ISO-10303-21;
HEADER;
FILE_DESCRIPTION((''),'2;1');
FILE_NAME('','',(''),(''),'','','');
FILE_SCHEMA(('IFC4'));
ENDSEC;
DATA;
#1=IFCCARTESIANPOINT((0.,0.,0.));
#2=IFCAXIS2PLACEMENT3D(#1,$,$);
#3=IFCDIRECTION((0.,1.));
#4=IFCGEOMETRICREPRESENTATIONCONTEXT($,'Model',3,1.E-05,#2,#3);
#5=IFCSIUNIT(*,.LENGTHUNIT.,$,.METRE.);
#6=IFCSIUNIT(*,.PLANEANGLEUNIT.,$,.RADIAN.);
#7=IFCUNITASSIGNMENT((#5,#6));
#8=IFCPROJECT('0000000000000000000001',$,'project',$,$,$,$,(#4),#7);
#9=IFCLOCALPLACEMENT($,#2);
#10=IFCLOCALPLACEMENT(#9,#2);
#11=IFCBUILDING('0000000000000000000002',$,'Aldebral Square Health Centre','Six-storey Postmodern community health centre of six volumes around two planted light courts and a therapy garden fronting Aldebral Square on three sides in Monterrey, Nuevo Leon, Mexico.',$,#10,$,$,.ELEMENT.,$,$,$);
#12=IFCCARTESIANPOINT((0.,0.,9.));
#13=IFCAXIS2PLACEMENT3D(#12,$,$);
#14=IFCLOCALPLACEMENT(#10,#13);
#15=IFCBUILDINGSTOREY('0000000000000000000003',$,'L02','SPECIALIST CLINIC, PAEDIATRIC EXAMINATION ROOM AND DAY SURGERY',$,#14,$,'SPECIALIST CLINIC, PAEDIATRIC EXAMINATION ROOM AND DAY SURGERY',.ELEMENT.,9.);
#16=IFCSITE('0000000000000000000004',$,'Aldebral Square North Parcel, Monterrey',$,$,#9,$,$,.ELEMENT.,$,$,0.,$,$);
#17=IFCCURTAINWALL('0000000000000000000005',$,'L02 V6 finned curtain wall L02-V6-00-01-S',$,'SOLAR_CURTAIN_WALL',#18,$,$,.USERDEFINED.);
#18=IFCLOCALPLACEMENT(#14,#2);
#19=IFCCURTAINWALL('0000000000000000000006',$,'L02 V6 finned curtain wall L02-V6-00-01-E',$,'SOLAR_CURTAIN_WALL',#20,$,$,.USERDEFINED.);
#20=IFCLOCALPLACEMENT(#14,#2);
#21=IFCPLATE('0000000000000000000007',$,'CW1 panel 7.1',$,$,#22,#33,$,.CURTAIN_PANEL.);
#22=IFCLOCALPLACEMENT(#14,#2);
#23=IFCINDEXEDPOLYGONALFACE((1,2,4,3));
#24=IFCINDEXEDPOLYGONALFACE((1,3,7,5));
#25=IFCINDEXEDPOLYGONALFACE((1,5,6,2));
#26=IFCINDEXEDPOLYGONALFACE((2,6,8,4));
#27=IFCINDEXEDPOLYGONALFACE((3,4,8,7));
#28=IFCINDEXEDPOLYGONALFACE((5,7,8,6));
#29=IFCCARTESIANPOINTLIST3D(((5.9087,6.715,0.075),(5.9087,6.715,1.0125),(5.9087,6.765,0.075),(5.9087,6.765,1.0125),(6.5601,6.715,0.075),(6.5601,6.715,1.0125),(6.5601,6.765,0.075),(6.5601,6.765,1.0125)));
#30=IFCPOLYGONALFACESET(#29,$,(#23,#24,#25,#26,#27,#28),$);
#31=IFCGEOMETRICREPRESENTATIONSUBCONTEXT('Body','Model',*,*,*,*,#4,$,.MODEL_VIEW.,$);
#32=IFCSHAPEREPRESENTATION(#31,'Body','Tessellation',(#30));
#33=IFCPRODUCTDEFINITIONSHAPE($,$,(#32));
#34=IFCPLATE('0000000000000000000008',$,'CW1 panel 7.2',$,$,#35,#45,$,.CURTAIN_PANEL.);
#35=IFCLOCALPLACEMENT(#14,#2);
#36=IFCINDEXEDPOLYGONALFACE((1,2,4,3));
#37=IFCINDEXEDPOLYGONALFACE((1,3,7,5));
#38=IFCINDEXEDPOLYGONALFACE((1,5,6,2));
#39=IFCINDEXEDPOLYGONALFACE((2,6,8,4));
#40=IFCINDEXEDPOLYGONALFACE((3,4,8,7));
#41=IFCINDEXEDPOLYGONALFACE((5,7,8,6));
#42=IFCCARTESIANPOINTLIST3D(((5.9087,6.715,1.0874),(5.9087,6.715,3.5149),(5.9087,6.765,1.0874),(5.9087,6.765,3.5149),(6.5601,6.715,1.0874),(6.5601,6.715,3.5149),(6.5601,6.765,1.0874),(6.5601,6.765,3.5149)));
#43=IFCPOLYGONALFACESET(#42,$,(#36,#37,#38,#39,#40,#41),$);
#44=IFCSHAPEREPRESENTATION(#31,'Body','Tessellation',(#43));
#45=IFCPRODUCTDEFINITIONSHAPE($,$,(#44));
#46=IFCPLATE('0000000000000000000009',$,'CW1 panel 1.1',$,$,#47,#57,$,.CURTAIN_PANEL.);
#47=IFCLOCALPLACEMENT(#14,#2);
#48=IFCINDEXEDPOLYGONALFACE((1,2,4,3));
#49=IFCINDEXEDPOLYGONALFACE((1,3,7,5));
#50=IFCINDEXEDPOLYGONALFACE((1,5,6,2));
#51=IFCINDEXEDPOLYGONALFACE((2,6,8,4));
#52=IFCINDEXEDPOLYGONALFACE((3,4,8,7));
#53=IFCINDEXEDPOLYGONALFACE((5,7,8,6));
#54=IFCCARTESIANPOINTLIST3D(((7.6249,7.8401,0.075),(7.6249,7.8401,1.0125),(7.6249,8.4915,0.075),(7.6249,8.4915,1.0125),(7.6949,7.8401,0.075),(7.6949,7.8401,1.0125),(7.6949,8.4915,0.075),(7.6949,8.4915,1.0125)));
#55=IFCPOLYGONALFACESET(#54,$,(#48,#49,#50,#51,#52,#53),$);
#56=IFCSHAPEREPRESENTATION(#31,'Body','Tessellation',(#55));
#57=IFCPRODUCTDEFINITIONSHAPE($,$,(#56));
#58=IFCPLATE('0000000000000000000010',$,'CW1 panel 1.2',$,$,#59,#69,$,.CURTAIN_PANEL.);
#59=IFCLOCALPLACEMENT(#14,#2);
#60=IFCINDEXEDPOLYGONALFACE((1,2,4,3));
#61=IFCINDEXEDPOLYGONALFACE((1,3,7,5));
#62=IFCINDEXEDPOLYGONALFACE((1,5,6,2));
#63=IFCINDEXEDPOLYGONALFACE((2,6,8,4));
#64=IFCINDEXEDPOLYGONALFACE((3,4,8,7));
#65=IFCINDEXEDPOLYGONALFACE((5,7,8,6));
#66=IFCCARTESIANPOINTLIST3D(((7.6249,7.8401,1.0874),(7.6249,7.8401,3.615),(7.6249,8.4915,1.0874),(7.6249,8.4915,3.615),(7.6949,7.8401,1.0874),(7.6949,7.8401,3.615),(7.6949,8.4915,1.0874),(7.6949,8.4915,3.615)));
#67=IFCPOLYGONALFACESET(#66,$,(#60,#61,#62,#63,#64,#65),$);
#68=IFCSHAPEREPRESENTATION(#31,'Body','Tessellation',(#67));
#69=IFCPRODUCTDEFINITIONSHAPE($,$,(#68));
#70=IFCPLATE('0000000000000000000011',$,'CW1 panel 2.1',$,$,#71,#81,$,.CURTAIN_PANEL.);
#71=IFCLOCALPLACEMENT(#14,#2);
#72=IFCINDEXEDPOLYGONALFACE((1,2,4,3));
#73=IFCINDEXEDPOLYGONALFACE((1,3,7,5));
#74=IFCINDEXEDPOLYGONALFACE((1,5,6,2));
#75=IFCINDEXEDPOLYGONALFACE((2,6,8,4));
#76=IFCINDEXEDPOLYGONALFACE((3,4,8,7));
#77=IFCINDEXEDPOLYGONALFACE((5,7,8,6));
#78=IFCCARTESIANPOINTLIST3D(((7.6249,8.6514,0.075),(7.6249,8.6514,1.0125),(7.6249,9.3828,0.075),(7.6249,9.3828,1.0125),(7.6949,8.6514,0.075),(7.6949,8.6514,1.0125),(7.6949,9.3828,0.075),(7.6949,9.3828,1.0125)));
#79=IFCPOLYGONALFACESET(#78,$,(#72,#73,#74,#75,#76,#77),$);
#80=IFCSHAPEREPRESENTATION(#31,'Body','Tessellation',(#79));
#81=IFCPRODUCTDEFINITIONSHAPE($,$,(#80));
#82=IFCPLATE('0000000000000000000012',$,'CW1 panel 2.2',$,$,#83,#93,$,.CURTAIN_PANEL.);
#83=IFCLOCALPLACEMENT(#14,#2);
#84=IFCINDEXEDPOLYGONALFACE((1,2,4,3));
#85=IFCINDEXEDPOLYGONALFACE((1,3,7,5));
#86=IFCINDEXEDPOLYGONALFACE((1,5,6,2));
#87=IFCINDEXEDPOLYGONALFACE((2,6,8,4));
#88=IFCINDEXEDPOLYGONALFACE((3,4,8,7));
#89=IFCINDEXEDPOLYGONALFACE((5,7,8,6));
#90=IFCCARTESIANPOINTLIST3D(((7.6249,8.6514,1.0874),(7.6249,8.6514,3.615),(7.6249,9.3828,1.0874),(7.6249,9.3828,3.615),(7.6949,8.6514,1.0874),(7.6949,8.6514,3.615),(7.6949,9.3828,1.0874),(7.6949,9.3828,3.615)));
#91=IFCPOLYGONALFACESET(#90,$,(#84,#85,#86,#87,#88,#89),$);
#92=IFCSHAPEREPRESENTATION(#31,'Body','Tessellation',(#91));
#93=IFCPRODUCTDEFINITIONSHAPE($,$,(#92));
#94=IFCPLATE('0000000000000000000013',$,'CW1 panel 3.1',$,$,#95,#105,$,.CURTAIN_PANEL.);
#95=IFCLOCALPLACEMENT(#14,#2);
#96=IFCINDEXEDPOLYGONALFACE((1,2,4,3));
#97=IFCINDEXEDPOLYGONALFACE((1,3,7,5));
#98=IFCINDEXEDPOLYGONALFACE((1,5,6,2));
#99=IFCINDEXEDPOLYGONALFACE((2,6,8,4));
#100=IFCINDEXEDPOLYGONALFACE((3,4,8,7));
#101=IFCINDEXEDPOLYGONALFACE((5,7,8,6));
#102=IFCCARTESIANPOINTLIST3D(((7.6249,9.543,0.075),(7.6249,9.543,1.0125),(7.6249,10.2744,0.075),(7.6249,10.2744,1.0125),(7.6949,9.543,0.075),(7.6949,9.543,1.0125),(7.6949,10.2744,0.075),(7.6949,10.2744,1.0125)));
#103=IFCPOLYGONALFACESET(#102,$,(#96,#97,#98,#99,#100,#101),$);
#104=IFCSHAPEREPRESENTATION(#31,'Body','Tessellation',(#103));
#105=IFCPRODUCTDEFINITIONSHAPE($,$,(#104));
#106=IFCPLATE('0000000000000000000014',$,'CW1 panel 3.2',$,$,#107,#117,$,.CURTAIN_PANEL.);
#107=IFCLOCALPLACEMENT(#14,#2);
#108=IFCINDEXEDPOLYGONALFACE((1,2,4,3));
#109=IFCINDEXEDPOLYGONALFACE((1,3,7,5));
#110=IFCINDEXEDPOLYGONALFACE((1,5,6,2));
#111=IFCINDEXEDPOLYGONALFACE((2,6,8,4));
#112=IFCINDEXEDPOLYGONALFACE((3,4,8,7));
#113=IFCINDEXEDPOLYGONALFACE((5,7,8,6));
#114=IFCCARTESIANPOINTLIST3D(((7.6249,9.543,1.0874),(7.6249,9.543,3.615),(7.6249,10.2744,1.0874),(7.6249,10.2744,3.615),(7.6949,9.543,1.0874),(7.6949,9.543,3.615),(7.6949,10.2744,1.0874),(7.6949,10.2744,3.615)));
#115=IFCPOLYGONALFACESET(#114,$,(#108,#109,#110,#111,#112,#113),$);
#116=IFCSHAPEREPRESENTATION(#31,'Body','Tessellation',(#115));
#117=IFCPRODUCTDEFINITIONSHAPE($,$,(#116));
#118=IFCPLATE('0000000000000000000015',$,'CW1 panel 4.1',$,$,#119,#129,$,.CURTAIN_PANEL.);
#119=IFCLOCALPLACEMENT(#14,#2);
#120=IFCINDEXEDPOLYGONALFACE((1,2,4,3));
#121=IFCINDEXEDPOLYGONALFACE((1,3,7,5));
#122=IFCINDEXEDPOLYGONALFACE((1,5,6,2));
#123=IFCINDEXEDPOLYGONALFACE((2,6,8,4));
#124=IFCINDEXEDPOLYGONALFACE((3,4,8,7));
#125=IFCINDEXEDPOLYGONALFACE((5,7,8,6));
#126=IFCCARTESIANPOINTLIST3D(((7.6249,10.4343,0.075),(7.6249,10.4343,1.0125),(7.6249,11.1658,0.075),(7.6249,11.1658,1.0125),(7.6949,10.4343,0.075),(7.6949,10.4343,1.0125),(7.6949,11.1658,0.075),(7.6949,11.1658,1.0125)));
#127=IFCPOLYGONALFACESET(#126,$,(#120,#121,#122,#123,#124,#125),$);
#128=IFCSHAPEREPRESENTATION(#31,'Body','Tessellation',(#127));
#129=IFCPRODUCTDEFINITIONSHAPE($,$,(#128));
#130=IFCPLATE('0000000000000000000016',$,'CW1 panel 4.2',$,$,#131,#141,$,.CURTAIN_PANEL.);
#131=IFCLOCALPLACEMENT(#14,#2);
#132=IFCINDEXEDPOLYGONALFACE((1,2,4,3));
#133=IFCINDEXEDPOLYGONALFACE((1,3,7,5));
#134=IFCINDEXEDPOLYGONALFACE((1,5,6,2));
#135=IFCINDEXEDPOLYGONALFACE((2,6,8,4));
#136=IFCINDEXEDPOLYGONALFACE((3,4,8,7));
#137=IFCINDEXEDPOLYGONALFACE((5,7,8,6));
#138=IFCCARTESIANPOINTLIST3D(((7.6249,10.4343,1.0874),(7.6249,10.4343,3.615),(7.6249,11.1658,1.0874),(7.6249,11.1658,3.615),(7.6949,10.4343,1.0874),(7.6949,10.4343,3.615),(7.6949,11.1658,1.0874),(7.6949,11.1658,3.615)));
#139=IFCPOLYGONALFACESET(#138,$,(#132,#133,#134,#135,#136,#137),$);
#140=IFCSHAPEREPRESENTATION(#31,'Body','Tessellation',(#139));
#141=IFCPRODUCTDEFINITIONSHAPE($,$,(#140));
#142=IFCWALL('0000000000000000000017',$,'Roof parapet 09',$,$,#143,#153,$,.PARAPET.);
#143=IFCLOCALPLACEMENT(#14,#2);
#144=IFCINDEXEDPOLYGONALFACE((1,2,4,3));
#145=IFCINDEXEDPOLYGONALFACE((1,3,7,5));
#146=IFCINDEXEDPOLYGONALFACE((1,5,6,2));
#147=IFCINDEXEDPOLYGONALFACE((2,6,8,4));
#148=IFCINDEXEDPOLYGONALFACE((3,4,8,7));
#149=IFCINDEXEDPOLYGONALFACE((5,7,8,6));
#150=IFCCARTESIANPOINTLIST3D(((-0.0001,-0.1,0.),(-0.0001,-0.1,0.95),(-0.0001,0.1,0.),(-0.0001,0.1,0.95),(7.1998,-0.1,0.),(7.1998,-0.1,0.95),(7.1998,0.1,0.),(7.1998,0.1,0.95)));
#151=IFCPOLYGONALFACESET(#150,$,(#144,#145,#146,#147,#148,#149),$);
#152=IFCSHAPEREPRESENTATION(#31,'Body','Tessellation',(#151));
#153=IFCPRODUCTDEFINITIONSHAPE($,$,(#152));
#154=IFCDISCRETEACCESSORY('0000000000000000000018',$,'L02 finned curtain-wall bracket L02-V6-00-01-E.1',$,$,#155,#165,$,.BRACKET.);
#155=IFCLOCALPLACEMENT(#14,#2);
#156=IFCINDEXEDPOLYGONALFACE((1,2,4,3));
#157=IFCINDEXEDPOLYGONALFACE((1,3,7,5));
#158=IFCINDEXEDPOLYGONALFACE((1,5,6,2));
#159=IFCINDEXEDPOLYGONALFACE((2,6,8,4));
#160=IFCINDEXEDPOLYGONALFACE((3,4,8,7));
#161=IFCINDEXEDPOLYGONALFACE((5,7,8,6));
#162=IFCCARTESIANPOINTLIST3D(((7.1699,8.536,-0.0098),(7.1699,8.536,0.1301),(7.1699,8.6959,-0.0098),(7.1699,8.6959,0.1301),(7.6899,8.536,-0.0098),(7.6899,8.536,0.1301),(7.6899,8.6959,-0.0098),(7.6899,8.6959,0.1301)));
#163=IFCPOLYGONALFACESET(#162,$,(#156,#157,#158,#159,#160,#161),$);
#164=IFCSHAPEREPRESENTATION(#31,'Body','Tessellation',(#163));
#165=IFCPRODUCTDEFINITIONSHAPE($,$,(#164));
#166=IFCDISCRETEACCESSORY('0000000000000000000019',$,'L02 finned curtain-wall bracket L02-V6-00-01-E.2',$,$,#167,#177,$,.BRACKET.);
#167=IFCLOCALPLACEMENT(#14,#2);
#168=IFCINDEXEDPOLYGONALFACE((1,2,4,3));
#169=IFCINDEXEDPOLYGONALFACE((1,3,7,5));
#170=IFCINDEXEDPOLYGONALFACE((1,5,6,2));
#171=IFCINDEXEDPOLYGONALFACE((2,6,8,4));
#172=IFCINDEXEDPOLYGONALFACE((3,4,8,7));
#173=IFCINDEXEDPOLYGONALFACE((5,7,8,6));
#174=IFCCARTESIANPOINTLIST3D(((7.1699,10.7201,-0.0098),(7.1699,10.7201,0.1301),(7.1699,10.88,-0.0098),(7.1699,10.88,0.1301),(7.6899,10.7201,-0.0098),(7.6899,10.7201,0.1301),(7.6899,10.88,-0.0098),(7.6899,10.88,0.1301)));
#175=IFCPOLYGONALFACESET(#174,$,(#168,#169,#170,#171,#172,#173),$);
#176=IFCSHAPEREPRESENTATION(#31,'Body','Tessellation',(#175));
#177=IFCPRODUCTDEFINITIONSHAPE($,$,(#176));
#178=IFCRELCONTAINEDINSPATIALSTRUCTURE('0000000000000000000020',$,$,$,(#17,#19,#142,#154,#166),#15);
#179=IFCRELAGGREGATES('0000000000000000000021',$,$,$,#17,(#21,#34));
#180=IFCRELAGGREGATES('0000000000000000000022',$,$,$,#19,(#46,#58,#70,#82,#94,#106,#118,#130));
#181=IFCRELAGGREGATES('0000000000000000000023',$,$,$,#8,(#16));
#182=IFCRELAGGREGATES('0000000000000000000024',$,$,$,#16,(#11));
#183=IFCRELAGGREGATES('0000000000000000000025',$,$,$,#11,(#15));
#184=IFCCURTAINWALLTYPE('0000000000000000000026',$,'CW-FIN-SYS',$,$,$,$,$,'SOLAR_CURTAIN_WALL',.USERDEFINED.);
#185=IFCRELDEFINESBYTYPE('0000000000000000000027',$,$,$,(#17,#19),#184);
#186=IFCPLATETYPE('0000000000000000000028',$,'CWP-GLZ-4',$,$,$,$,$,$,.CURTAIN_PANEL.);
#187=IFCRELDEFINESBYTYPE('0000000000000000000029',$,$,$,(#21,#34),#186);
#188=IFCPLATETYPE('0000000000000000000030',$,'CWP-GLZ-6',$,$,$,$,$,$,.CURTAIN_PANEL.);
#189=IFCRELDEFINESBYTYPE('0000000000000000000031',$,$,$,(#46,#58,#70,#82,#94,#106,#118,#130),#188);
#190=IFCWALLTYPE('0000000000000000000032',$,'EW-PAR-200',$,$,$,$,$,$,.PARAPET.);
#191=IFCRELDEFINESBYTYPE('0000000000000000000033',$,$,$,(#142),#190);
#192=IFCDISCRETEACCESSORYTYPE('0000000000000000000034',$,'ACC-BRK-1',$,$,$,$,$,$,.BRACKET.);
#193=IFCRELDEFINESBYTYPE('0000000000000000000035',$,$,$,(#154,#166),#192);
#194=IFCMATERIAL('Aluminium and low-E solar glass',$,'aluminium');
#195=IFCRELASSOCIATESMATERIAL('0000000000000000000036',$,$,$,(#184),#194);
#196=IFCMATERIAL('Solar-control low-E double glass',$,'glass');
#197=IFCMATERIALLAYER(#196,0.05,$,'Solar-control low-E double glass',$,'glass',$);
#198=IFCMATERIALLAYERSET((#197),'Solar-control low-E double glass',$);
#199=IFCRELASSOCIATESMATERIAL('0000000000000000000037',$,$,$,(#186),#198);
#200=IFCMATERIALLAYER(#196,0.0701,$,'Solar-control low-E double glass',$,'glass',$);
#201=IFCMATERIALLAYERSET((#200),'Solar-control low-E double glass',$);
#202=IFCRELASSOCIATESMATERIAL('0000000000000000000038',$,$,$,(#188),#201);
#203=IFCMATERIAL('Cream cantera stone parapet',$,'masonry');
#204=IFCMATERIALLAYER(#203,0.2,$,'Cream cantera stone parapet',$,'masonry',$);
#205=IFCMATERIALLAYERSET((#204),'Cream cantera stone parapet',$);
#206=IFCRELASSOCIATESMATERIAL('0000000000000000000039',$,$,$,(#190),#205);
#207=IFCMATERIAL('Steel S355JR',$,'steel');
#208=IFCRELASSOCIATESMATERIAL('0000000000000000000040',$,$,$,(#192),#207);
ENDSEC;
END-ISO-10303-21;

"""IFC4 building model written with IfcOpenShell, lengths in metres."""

from ifc_helpers import new_model, si_unit, direction, frame, frame_2d, origin, origin_2d, place, context, subcontext, project, spatial, rectangle, extrude, material, layer, layer_set, type_object, element, aggregate, save


model = new_model("IFC4")

# Units and contexts
model_context = context("Model", 3, precision=1e-05, world=origin(), true_north=direction((0.0, 1.0)))
body_context = subcontext(model_context, "Body", "Model", "MODEL_VIEW")
ifc_project = project(units=[si_unit("LENGTHUNIT", "METRE"), si_unit("PLANEANGLEUNIT", "RADIAN")], contexts=[model_context])

# Site, building, storey
site_placement = place(None, origin())
site = spatial("IfcSite", under=ifc_project, at=site_placement, Name="Aldebral Square North Parcel, Monterrey", CompositionType="ELEMENT", RefElevation=0.0)
building_placement = place(site_placement, origin())
building = spatial("IfcBuilding", under=site, at=building_placement, Name="Aldebral Square Health Centre", Description="Six-storey Postmodern community health centre of six volumes around two planted light courts and a therapy garden fronting Aldebral Square on three sides in Monterrey, Nuevo Leon, Mexico.", CompositionType="ELEMENT")
storey_placement = place(building_placement, frame((0.0, 0.0, 9.0)))
storey = spatial("IfcBuildingStorey", under=building, at=storey_placement, Name="L02", Description="SPECIALIST CLINIC, PAEDIATRIC EXAMINATION ROOM AND DAY SURGERY", LongName="SPECIALIST CLINIC, PAEDIATRIC EXAMINATION ROOM AND DAY SURGERY", CompositionType="ELEMENT", Elevation=9.0)

# Curtain wall
ifc_material_1 = material(Name="Aluminium and low-E solar glass", Category="aluminium")
curtain_wall_type = type_object("IfcCurtainWallType", Name="CW-FIN-SYS", ElementType="SOLAR_CURTAIN_WALL", PredefinedType="USERDEFINED", material=ifc_material_1)
curtain_wall_1_placement = place(storey_placement, origin())
curtain_wall_1 = element("IfcCurtainWall", 1, at=curtain_wall_1_placement, inside=storey, type_object=curtain_wall_type, Name="L02 V6 finned curtain wall L02-V6-00-01-S", ObjectType="SOLAR_CURTAIN_WALL", PredefinedType="USERDEFINED")

# Curtain wall
curtain_wall_2_placement = place(storey_placement, origin())
curtain_wall_2 = element("IfcCurtainWall", 2, at=curtain_wall_2_placement, inside=storey, type_object=curtain_wall_type, Name="L02 V6 finned curtain wall L02-V6-00-01-E", ObjectType="SOLAR_CURTAIN_WALL", PredefinedType="USERDEFINED")

# Plates
ifc_material_2 = material(Name="Solar-control low-E double glass", Category="glass")
ifc_layer_1 = layer(ifc_material_2, 0.05, Name="Solar-control low-E double glass", Category="glass")
ifc_layer_set_1 = layer_set([ifc_layer_1], Name="Solar-control low-E double glass")
plate_type_1 = type_object("IfcPlateType", Name="CWP-GLZ-4", PredefinedType="CURTAIN_PANEL", material=ifc_layer_set_1)
plate_1_placement = place(storey_placement, frame((6.2344, 6.74, 0.075), z_axis=(0.0, 0.0, 1.0), x_axis=(1.0, 0.0, 0.0)))
plate_1 = element("IfcPlate", 3, at=plate_1_placement, type_object=plate_type_1, Name="CW1 panel 7.1", PredefinedType="CURTAIN_PANEL", context=body_context, shape_type="SweptSolid", body=[
    extrude(rectangle(XDim=0.6514, YDim=0.05, at=origin_2d()), origin(), (0.0, 0.0, 1.0), 0.9375),
])
plate_2_placement = place(storey_placement, frame((6.2344, 6.74, 1.0874), z_axis=(0.0, 0.0, 1.0), x_axis=(1.0, 0.0, 0.0)))
plate_2 = element("IfcPlate", 4, at=plate_2_placement, type_object=plate_type_1, Name="CW1 panel 7.2", PredefinedType="CURTAIN_PANEL", context=body_context, shape_type="SweptSolid", body=[
    extrude(rectangle(XDim=0.6514, YDim=0.05, at=origin_2d()), origin(), (0.0, 0.0, 1.0), 2.4275),
])
aggregate(curtain_wall_1, [plate_1, plate_2])
ifc_layer_2 = layer(ifc_material_2, 0.0701, Name="Solar-control low-E double glass", Category="glass")
ifc_layer_set_2 = layer_set([ifc_layer_2], Name="Solar-control low-E double glass")
plate_type_2 = type_object("IfcPlateType", Name="CWP-GLZ-6", PredefinedType="CURTAIN_PANEL", material=ifc_layer_set_2)
plate_3_placement = place(storey_placement, frame((7.6599, 8.1658, 0.075), z_axis=(0.0, 0.0, 1.0), x_axis=(0.0, 1.0, 0.0)))
plate_3 = element("IfcPlate", 5, at=plate_3_placement, type_object=plate_type_2, Name="CW1 panel 1.1", PredefinedType="CURTAIN_PANEL", context=body_context, shape_type="SweptSolid", body=[
    extrude(rectangle(XDim=0.6514, YDim=0.0701, at=origin_2d()), origin(), (0.0, 0.0, 1.0), 0.9375),
])
plate_4_placement = place(storey_placement, frame((7.6599, 8.1658, 1.0874), z_axis=(0.0, 0.0, 1.0), x_axis=(0.0, 1.0, 0.0)))
plate_4 = element("IfcPlate", 6, at=plate_4_placement, type_object=plate_type_2, Name="CW1 panel 1.2", PredefinedType="CURTAIN_PANEL", context=body_context, shape_type="SweptSolid", body=[
    extrude(rectangle(XDim=0.6514, YDim=0.0701, at=origin_2d()), origin(), (0.0, 0.0, 1.0), 2.5276),
])
plate_5_placement = place(storey_placement, frame((7.6599, 9.0171, 0.075), z_axis=(0.0, 0.0, 1.0), x_axis=(0.0, 1.0, 0.0)))
plate_5 = element("IfcPlate", 7, at=plate_5_placement, type_object=plate_type_2, Name="CW1 panel 2.1", PredefinedType="CURTAIN_PANEL", context=body_context, shape_type="SweptSolid", body=[
    extrude(rectangle(XDim=0.7314, YDim=0.0701, at=origin_2d()), origin(), (0.0, 0.0, 1.0), 0.9375),
])
plate_6_placement = place(storey_placement, frame((7.6599, 9.0171, 1.0874), z_axis=(0.0, 0.0, 1.0), x_axis=(0.0, 1.0, 0.0)))
plate_6 = element("IfcPlate", 8, at=plate_6_placement, type_object=plate_type_2, Name="CW1 panel 2.2", PredefinedType="CURTAIN_PANEL", context=body_context, shape_type="SweptSolid", body=[
    extrude(rectangle(XDim=0.7314, YDim=0.0701, at=origin_2d()), origin(), (0.0, 0.0, 1.0), 2.5276),
])
plate_7_placement = place(storey_placement, frame((7.6599, 9.9087, 0.075), z_axis=(0.0, 0.0, 1.0), x_axis=(0.0, 1.0, 0.0)))
plate_7 = element("IfcPlate", 9, at=plate_7_placement, type_object=plate_type_2, Name="CW1 panel 3.1", PredefinedType="CURTAIN_PANEL", context=body_context, shape_type="SweptSolid", body=[
    extrude(rectangle(XDim=0.7314, YDim=0.0701, at=origin_2d()), origin(), (0.0, 0.0, 1.0), 0.9375),
])
plate_8_placement = place(storey_placement, frame((7.6599, 9.9087, 1.0874), z_axis=(0.0, 0.0, 1.0), x_axis=(0.0, 1.0, 0.0)))
plate_8 = element("IfcPlate", 10, at=plate_8_placement, type_object=plate_type_2, Name="CW1 panel 3.2", PredefinedType="CURTAIN_PANEL", context=body_context, shape_type="SweptSolid", body=[
    extrude(rectangle(XDim=0.7314, YDim=0.0701, at=origin_2d()), origin(), (0.0, 0.0, 1.0), 2.5276),
])
plate_9_placement = place(storey_placement, frame((7.6599, 10.8, 0.075), z_axis=(0.0, 0.0, 1.0), x_axis=(0.0, 1.0, 0.0)))
plate_9 = element("IfcPlate", 11, at=plate_9_placement, type_object=plate_type_2, Name="CW1 panel 4.1", PredefinedType="CURTAIN_PANEL", context=body_context, shape_type="SweptSolid", body=[
    extrude(rectangle(XDim=0.7314, YDim=0.0701, at=origin_2d()), origin(), (0.0, 0.0, 1.0), 0.9375),
])
plate_10_placement = place(storey_placement, frame((7.6599, 10.8, 1.0874), z_axis=(0.0, 0.0, 1.0), x_axis=(0.0, 1.0, 0.0)))
plate_10 = element("IfcPlate", 12, at=plate_10_placement, type_object=plate_type_2, Name="CW1 panel 4.2", PredefinedType="CURTAIN_PANEL", context=body_context, shape_type="SweptSolid", body=[
    extrude(rectangle(XDim=0.7314, YDim=0.0701, at=origin_2d()), origin(), (0.0, 0.0, 1.0), 2.5276),
])
aggregate(curtain_wall_2, [plate_3, plate_4, plate_5, plate_6, plate_7, plate_8, plate_9, plate_10])

# Wall
ifc_material_3 = material(Name="Cream cantera stone parapet", Category="masonry")
ifc_layer_3 = layer(ifc_material_3, 0.2, Name="Cream cantera stone parapet", Category="masonry")
ifc_layer_set_3 = layer_set([ifc_layer_3], Name="Cream cantera stone parapet")
wall_type = type_object("IfcWallType", Name="EW-PAR-200", PredefinedType="PARAPET", material=ifc_layer_set_3)
wall_placement = place(storey_placement, frame((7.2, 0.0, 0.0), z_axis=(0.0, 0.0, 1.0), x_axis=(-1.0, 0.0, 0.0)))
element("IfcWall", 13, at=wall_placement, inside=storey, type_object=wall_type, Name="Roof parapet 09", PredefinedType="PARAPET", context=body_context, shape_type="SweptSolid", body=[
    extrude(rectangle(XDim=7.2, YDim=0.2, at=frame_2d((3.6001, 0.0))), origin(), (0.0, 0.0, 1.0), 0.95),
])

# Discrete accessories
ifc_material_4 = material(Name="Steel S355JR", Category="steel")
discrete_accessory_type = type_object("IfcDiscreteAccessoryType", Name="ACC-BRK-1", PredefinedType="BRACKET", material=ifc_material_4)
for number, where, z_axis, x_axis, name in (
    (14, (7.4299, 8.616, -0.0098), (0.0, 0.0, 1.0), (0.0, 1.0, 0.0), "L02 finned curtain-wall bracket L02-V6-00-01-E.1"),
    (15, (7.4299, 10.8, -0.0098), (0.0, 0.0, 1.0), (0.0, 1.0, 0.0), "L02 finned curtain-wall bracket L02-V6-00-01-E.2"),
):
    element("IfcDiscreteAccessory", number, at=place(storey_placement, frame(where, z_axis=z_axis, x_axis=x_axis)), inside=storey, type_object=discrete_accessory_type, Name=name, PredefinedType="BRACKET", context=body_context, shape_type="SweptSolid", body=[
        extrude(rectangle(XDim=0.1599, YDim=0.52, at=origin_2d()), origin(), (0.0, 0.0, 1.0), 0.1399),
    ])

save(model, "model.ifc")
